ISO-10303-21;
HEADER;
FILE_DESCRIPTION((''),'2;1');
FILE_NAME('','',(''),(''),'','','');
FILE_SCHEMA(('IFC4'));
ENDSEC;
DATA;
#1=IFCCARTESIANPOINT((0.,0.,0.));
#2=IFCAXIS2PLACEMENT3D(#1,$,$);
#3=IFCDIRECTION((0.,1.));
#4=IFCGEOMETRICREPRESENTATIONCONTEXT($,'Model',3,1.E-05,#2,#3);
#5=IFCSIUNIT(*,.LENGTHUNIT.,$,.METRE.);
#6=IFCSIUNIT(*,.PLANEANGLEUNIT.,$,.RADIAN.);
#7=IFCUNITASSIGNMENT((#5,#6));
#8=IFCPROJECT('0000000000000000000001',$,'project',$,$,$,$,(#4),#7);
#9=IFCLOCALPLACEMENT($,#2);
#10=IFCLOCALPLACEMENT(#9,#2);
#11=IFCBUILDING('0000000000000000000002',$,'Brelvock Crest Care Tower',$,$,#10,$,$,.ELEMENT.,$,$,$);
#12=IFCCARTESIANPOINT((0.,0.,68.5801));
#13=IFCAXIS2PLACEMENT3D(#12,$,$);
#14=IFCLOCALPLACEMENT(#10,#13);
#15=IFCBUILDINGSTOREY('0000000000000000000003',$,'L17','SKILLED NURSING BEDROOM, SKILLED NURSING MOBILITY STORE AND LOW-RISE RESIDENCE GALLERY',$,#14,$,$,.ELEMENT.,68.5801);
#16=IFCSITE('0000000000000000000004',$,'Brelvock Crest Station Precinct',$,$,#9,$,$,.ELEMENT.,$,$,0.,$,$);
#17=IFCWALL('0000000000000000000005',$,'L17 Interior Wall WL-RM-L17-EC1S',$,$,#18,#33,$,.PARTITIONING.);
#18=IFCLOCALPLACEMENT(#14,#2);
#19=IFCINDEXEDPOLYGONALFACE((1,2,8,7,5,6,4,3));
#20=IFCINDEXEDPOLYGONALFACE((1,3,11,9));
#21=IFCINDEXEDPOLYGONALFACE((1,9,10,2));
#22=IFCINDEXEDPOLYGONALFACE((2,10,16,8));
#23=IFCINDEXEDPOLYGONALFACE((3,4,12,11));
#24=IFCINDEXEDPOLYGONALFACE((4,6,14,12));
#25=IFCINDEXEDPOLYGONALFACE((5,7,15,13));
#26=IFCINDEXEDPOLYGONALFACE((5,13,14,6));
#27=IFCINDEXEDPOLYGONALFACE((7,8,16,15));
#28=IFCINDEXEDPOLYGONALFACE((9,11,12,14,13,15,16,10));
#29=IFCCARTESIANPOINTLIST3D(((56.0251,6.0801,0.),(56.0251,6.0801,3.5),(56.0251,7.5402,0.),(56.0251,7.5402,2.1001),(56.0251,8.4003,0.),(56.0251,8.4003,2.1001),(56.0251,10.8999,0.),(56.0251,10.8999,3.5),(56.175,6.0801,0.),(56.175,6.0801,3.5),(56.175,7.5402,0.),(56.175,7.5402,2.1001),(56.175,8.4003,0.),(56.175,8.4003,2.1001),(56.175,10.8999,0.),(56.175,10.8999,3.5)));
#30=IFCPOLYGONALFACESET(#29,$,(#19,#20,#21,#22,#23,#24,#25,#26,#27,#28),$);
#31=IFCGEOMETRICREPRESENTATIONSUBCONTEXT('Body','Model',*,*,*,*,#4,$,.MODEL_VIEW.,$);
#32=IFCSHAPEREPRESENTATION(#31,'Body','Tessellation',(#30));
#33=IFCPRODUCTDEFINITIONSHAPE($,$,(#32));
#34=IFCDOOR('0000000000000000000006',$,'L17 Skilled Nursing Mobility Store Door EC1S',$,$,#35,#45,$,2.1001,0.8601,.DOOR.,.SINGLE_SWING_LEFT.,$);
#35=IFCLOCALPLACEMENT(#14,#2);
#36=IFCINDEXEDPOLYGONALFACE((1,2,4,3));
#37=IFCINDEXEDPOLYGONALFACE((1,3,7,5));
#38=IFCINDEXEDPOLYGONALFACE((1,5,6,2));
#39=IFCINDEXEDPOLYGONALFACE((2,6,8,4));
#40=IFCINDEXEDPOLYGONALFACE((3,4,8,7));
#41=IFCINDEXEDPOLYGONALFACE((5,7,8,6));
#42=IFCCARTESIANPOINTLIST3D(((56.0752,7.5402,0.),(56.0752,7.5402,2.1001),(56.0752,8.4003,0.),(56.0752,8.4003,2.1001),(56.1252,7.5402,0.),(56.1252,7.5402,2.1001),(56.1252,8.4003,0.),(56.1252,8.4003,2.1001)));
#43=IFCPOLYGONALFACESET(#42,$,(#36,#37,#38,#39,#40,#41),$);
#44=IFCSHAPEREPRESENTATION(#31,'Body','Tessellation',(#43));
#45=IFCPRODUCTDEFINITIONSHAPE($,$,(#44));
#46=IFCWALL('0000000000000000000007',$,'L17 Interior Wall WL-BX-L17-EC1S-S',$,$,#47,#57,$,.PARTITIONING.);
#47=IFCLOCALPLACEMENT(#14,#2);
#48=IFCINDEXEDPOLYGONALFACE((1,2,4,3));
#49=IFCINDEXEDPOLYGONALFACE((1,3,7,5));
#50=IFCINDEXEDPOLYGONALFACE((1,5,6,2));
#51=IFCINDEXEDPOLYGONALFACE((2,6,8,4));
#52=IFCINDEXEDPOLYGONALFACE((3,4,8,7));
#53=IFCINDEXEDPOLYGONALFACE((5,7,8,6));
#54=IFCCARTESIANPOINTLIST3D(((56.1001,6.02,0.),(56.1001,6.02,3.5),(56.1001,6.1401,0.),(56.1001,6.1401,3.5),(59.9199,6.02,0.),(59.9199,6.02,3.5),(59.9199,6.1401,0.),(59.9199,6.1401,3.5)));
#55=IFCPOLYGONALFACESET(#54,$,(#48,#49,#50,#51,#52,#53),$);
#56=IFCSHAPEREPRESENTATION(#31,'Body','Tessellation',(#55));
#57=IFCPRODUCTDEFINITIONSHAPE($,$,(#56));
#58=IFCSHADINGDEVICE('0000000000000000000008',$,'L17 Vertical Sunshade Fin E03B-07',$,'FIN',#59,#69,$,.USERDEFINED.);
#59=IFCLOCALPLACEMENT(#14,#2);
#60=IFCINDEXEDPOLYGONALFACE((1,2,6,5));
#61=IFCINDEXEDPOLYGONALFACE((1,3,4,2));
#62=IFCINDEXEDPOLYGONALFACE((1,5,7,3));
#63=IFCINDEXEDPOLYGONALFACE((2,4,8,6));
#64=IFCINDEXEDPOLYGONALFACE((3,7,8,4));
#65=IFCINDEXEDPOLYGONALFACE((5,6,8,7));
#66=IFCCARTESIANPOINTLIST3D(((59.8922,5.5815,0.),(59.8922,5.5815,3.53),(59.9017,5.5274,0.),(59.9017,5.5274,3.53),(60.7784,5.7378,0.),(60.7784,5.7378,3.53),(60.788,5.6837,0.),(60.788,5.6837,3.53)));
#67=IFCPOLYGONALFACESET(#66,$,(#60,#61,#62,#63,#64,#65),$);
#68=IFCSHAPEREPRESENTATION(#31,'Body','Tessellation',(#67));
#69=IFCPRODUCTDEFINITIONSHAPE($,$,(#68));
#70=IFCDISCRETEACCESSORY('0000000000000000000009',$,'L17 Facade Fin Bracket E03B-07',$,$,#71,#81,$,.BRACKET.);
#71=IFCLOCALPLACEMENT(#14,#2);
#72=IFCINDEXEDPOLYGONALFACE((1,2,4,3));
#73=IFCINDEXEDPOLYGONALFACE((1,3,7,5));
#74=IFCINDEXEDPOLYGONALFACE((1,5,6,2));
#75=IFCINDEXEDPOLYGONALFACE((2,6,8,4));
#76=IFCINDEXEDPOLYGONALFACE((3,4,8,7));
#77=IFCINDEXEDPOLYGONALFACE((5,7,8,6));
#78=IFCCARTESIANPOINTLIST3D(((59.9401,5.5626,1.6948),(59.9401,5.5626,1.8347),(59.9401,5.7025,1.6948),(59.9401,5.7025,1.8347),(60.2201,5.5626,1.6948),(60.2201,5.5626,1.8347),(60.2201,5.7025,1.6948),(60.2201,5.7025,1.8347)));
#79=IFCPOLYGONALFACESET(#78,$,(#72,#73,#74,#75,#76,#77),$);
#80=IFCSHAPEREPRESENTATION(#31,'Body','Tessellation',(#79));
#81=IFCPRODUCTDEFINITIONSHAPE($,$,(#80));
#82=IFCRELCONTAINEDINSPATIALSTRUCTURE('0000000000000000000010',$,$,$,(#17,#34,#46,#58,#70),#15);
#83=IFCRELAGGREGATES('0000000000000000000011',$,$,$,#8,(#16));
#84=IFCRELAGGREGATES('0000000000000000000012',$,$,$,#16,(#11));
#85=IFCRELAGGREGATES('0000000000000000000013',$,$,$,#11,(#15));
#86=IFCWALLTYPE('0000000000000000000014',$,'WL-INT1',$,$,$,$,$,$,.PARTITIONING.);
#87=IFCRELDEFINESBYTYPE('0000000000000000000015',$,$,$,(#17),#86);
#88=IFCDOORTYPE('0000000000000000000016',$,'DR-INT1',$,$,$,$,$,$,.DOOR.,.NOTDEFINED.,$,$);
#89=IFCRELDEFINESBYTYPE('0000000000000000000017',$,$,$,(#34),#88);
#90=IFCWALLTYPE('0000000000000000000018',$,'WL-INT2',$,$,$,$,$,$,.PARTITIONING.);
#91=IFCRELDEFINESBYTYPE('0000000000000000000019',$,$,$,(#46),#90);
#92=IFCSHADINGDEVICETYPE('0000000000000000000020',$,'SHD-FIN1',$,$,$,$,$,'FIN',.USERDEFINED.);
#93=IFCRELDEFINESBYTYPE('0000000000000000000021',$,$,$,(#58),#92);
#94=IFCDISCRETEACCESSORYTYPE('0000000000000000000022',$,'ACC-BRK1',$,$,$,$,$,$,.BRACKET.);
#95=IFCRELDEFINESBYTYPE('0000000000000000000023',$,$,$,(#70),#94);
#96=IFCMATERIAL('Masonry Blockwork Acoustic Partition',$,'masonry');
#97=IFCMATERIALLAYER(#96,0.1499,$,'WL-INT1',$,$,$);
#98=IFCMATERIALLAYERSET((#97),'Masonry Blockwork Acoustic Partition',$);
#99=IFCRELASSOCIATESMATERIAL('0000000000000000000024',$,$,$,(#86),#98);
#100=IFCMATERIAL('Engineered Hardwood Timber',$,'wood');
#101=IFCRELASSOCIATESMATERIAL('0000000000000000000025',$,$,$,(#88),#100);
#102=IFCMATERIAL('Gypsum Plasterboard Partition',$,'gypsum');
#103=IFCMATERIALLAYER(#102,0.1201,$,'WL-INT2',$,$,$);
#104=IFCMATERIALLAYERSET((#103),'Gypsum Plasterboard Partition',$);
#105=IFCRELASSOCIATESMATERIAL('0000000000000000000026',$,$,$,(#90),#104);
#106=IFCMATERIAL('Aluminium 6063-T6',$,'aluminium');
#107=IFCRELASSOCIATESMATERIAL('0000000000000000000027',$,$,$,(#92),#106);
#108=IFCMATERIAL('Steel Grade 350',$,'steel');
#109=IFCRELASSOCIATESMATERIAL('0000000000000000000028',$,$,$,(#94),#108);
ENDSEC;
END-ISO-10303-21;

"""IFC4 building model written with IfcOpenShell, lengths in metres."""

from ifc_helpers import new_model, si_unit, direction, frame, frame_2d, origin, origin_2d, place, context, subcontext, project, spatial, rectangle, extrude, source, transform, mapped, material, layer, layer_set, material_profile, profile_set, type_object, element, fill, save


model = new_model("IFC4")

# Units and contexts
model_context = context("Model", 3, precision=1e-05, world=origin(), true_north=direction((0.0, 1.0)))
body_context = subcontext(model_context, "Body", "Model", "MODEL_VIEW")
ifc_project = project(units=[si_unit("LENGTHUNIT", "METRE"), si_unit("PLANEANGLEUNIT", "RADIAN")], contexts=[model_context])

# Site, building, storey
site_placement = place(None, origin())
site = spatial("IfcSite", under=ifc_project, at=site_placement, Name="Brelvock Crest Station Precinct", CompositionType="ELEMENT", RefElevation=0.0)
building_placement = place(site_placement, origin())
building = spatial("IfcBuilding", under=site, at=building_placement, Name="Brelvock Crest Care Tower", CompositionType="ELEMENT")
storey_placement = place(building_placement, frame((0.0, 0.0, 68.5801)))
storey = spatial("IfcBuildingStorey", under=building, at=storey_placement, Name="L17", Description="SKILLED NURSING BEDROOM, SKILLED NURSING MOBILITY STORE AND LOW-RISE RESIDENCE GALLERY", CompositionType="ELEMENT", Elevation=68.5801)

# Shared definitions
ifc_material_1 = material(Name="Aluminium 6063-T6", Category="aluminium")

# Wall, opening, door
ifc_material_2 = material(Name="Masonry Blockwork Acoustic Partition", Category="masonry")
ifc_layer_1 = layer(ifc_material_2, 0.1499, Name="WL-INT1")
ifc_layer_set_1 = layer_set([ifc_layer_1], Name="Masonry Blockwork Acoustic Partition")
wall_type_1 = type_object("IfcWallType", Name="WL-INT1", PredefinedType="PARTITIONING", material=ifc_layer_set_1)
wall_1_placement = place(storey_placement, frame((56.1001, 6.0801, 0.0), z_axis=(0.0, 0.0, 1.0), x_axis=(0.0, 1.0, 0.0)))
wall_1 = element("IfcWall", 1, at=wall_1_placement, inside=storey, type_object=wall_type_1, Name="L17 Interior Wall WL-RM-L17-EC1S", PredefinedType="PARTITIONING", context=body_context, shape_type="SweptSolid", body=[
    extrude(rectangle(XDim=4.8198, YDim=0.1499, at=frame_2d((2.4099, 0.0))), origin(), (0.0, 0.0, 1.0), 3.5),
])
opening_placement = place(wall_1_placement, frame((1.46, 0.0, 0.0)))
opening = element("IfcOpeningElement", 2, at=opening_placement, cuts=wall_1, PredefinedType="OPENING", context=body_context, shape_type="SweptSolid", body=[
    extrude(rectangle(XDim=0.8601, YDim=2.1001, at=origin_2d()), frame((0.4302, 0.085, 1.05), z_axis=(0.0, -1.0, 0.0), x_axis=(1.0, 0.0, 0.0)), (0.0, 0.0, 1.0), 0.1699),
])
ifc_material_3 = material(Name="Engineered Hardwood Timber", Category="wood")
door_type = type_object("IfcDoorType", Name="DR-INT1", OperationType="NOTDEFINED", PredefinedType="DOOR", material=ifc_material_3)
shared_shape_1 = source(origin(), body_context, "Body", "SweptSolid", [
    extrude(rectangle(XDim=0.8601, YDim=2.1001, at=origin_2d()), frame((0.4302, 0.0249, 1.05), z_axis=(0.0, -1.0, 0.0), x_axis=(1.0, 0.0, 0.0)), (0.0, 0.0, 1.0), 0.05),
])
door_placement = place(opening_placement, origin())
door = element("IfcDoor", 3, at=door_placement, inside=storey, type_object=door_type, Name="L17 Skilled Nursing Mobility Store Door EC1S", OperationType="SINGLE_SWING_LEFT", OverallHeight=2.1001, OverallWidth=0.8601, PredefinedType="DOOR", context=body_context, shape_type="MappedRepresentation", body=[
    mapped(shared_shape_1, transform((0.0, 0.0, 0.0), x_axis=(1.0, 0.0, 0.0), y_axis=(0.0, 1.0, 0.0), z_axis=(0.0, 0.0, 1.0), scale=1.0)),
])
fill(opening, door)

# Wall
ifc_material_4 = material(Name="Gypsum Plasterboard Partition", Category="gypsum")
ifc_layer_2 = layer(ifc_material_4, 0.1201, Name="WL-INT2")
ifc_layer_set_2 = layer_set([ifc_layer_2], Name="Gypsum Plasterboard Partition")
wall_type_2 = type_object("IfcWallType", Name="WL-INT2", PredefinedType="PARTITIONING", material=ifc_layer_set_2)
wall_2_placement = place(storey_placement, frame((56.1001, 6.0801, 0.0), z_axis=(0.0, 0.0, 1.0), x_axis=(1.0, 0.0, 0.0)))
element("IfcWall", 4, at=wall_2_placement, inside=storey, type_object=wall_type_2, Name="L17 Interior Wall WL-BX-L17-EC1S-S", PredefinedType="PARTITIONING", context=body_context, shape_type="SweptSolid", body=[
    extrude(rectangle(XDim=3.8198, YDim=0.1201, at=frame_2d((1.9099, 0.0))), origin(), (0.0, 0.0, 1.0), 3.5),
])

# Shading device
ifc_material_profile_1 = material_profile(ifc_material_1, rectangle(XDim=0.0549, YDim=0.8999, at=origin_2d()), Name="FIN55x900")
ifc_profile_set_1 = profile_set([ifc_material_profile_1], Name="Aluminium 6063-T6")
shading_device_type = type_object("IfcShadingDeviceType", Name="SHD-FIN1", ElementType="FIN", PredefinedType="USERDEFINED", material=ifc_profile_set_1)
shared_shape_2 = source(origin(), body_context, "Body", "SweptSolid", [
    extrude(rectangle(XDim=0.0549, YDim=0.8999, at=origin_2d()), origin(), (0.0, 0.0, 1.0), 3.53),
])
shading_device_placement = place(storey_placement, frame((60.3401, 5.6326, 0.0), z_axis=(0.0, 0.0, 1.0), x_axis=(0.173648, -0.984808, 0.0)))
element("IfcShadingDevice", 5, at=shading_device_placement, inside=storey, type_object=shading_device_type, Name="L17 Vertical Sunshade Fin E03B-07", ObjectType="FIN", PredefinedType="USERDEFINED", context=body_context, shape_type="MappedRepresentation", body=[
    mapped(shared_shape_2, transform((0.0, 0.0, 0.0), x_axis=(1.0, 0.0, 0.0), y_axis=(0.0, 1.0, 0.0), z_axis=(0.0, 0.0, 1.0), scale=1.0)),
])

# Discrete accessory
ifc_material_5 = material(Name="Steel Grade 350", Category="steel")
discrete_accessory_type = type_object("IfcDiscreteAccessoryType", Name="ACC-BRK1", PredefinedType="BRACKET", material=ifc_material_5)
shared_shape_3 = source(origin(), body_context, "Body", "SweptSolid", [
    extrude(rectangle(XDim=0.28, YDim=0.1399, at=origin_2d()), origin(), (0.0, 0.0, 1.0), 0.1399),
])
discrete_accessory_placement = place(storey_placement, frame((60.0801, 5.6326, 1.6948), z_axis=(0.0, 0.0, 1.0), x_axis=(1.0, 0.0, 0.0)))
element("IfcDiscreteAccessory", 6, at=discrete_accessory_placement, inside=storey, type_object=discrete_accessory_type, Name="L17 Facade Fin Bracket E03B-07", PredefinedType="BRACKET", context=body_context, shape_type="MappedRepresentation", body=[
    mapped(shared_shape_3, transform((0.0, 0.0, 0.0), x_axis=(1.0, 0.0, 0.0), y_axis=(0.0, 1.0, 0.0), z_axis=(0.0, 0.0, 1.0), scale=1.0)),
])

save(model, "model.ifc")
